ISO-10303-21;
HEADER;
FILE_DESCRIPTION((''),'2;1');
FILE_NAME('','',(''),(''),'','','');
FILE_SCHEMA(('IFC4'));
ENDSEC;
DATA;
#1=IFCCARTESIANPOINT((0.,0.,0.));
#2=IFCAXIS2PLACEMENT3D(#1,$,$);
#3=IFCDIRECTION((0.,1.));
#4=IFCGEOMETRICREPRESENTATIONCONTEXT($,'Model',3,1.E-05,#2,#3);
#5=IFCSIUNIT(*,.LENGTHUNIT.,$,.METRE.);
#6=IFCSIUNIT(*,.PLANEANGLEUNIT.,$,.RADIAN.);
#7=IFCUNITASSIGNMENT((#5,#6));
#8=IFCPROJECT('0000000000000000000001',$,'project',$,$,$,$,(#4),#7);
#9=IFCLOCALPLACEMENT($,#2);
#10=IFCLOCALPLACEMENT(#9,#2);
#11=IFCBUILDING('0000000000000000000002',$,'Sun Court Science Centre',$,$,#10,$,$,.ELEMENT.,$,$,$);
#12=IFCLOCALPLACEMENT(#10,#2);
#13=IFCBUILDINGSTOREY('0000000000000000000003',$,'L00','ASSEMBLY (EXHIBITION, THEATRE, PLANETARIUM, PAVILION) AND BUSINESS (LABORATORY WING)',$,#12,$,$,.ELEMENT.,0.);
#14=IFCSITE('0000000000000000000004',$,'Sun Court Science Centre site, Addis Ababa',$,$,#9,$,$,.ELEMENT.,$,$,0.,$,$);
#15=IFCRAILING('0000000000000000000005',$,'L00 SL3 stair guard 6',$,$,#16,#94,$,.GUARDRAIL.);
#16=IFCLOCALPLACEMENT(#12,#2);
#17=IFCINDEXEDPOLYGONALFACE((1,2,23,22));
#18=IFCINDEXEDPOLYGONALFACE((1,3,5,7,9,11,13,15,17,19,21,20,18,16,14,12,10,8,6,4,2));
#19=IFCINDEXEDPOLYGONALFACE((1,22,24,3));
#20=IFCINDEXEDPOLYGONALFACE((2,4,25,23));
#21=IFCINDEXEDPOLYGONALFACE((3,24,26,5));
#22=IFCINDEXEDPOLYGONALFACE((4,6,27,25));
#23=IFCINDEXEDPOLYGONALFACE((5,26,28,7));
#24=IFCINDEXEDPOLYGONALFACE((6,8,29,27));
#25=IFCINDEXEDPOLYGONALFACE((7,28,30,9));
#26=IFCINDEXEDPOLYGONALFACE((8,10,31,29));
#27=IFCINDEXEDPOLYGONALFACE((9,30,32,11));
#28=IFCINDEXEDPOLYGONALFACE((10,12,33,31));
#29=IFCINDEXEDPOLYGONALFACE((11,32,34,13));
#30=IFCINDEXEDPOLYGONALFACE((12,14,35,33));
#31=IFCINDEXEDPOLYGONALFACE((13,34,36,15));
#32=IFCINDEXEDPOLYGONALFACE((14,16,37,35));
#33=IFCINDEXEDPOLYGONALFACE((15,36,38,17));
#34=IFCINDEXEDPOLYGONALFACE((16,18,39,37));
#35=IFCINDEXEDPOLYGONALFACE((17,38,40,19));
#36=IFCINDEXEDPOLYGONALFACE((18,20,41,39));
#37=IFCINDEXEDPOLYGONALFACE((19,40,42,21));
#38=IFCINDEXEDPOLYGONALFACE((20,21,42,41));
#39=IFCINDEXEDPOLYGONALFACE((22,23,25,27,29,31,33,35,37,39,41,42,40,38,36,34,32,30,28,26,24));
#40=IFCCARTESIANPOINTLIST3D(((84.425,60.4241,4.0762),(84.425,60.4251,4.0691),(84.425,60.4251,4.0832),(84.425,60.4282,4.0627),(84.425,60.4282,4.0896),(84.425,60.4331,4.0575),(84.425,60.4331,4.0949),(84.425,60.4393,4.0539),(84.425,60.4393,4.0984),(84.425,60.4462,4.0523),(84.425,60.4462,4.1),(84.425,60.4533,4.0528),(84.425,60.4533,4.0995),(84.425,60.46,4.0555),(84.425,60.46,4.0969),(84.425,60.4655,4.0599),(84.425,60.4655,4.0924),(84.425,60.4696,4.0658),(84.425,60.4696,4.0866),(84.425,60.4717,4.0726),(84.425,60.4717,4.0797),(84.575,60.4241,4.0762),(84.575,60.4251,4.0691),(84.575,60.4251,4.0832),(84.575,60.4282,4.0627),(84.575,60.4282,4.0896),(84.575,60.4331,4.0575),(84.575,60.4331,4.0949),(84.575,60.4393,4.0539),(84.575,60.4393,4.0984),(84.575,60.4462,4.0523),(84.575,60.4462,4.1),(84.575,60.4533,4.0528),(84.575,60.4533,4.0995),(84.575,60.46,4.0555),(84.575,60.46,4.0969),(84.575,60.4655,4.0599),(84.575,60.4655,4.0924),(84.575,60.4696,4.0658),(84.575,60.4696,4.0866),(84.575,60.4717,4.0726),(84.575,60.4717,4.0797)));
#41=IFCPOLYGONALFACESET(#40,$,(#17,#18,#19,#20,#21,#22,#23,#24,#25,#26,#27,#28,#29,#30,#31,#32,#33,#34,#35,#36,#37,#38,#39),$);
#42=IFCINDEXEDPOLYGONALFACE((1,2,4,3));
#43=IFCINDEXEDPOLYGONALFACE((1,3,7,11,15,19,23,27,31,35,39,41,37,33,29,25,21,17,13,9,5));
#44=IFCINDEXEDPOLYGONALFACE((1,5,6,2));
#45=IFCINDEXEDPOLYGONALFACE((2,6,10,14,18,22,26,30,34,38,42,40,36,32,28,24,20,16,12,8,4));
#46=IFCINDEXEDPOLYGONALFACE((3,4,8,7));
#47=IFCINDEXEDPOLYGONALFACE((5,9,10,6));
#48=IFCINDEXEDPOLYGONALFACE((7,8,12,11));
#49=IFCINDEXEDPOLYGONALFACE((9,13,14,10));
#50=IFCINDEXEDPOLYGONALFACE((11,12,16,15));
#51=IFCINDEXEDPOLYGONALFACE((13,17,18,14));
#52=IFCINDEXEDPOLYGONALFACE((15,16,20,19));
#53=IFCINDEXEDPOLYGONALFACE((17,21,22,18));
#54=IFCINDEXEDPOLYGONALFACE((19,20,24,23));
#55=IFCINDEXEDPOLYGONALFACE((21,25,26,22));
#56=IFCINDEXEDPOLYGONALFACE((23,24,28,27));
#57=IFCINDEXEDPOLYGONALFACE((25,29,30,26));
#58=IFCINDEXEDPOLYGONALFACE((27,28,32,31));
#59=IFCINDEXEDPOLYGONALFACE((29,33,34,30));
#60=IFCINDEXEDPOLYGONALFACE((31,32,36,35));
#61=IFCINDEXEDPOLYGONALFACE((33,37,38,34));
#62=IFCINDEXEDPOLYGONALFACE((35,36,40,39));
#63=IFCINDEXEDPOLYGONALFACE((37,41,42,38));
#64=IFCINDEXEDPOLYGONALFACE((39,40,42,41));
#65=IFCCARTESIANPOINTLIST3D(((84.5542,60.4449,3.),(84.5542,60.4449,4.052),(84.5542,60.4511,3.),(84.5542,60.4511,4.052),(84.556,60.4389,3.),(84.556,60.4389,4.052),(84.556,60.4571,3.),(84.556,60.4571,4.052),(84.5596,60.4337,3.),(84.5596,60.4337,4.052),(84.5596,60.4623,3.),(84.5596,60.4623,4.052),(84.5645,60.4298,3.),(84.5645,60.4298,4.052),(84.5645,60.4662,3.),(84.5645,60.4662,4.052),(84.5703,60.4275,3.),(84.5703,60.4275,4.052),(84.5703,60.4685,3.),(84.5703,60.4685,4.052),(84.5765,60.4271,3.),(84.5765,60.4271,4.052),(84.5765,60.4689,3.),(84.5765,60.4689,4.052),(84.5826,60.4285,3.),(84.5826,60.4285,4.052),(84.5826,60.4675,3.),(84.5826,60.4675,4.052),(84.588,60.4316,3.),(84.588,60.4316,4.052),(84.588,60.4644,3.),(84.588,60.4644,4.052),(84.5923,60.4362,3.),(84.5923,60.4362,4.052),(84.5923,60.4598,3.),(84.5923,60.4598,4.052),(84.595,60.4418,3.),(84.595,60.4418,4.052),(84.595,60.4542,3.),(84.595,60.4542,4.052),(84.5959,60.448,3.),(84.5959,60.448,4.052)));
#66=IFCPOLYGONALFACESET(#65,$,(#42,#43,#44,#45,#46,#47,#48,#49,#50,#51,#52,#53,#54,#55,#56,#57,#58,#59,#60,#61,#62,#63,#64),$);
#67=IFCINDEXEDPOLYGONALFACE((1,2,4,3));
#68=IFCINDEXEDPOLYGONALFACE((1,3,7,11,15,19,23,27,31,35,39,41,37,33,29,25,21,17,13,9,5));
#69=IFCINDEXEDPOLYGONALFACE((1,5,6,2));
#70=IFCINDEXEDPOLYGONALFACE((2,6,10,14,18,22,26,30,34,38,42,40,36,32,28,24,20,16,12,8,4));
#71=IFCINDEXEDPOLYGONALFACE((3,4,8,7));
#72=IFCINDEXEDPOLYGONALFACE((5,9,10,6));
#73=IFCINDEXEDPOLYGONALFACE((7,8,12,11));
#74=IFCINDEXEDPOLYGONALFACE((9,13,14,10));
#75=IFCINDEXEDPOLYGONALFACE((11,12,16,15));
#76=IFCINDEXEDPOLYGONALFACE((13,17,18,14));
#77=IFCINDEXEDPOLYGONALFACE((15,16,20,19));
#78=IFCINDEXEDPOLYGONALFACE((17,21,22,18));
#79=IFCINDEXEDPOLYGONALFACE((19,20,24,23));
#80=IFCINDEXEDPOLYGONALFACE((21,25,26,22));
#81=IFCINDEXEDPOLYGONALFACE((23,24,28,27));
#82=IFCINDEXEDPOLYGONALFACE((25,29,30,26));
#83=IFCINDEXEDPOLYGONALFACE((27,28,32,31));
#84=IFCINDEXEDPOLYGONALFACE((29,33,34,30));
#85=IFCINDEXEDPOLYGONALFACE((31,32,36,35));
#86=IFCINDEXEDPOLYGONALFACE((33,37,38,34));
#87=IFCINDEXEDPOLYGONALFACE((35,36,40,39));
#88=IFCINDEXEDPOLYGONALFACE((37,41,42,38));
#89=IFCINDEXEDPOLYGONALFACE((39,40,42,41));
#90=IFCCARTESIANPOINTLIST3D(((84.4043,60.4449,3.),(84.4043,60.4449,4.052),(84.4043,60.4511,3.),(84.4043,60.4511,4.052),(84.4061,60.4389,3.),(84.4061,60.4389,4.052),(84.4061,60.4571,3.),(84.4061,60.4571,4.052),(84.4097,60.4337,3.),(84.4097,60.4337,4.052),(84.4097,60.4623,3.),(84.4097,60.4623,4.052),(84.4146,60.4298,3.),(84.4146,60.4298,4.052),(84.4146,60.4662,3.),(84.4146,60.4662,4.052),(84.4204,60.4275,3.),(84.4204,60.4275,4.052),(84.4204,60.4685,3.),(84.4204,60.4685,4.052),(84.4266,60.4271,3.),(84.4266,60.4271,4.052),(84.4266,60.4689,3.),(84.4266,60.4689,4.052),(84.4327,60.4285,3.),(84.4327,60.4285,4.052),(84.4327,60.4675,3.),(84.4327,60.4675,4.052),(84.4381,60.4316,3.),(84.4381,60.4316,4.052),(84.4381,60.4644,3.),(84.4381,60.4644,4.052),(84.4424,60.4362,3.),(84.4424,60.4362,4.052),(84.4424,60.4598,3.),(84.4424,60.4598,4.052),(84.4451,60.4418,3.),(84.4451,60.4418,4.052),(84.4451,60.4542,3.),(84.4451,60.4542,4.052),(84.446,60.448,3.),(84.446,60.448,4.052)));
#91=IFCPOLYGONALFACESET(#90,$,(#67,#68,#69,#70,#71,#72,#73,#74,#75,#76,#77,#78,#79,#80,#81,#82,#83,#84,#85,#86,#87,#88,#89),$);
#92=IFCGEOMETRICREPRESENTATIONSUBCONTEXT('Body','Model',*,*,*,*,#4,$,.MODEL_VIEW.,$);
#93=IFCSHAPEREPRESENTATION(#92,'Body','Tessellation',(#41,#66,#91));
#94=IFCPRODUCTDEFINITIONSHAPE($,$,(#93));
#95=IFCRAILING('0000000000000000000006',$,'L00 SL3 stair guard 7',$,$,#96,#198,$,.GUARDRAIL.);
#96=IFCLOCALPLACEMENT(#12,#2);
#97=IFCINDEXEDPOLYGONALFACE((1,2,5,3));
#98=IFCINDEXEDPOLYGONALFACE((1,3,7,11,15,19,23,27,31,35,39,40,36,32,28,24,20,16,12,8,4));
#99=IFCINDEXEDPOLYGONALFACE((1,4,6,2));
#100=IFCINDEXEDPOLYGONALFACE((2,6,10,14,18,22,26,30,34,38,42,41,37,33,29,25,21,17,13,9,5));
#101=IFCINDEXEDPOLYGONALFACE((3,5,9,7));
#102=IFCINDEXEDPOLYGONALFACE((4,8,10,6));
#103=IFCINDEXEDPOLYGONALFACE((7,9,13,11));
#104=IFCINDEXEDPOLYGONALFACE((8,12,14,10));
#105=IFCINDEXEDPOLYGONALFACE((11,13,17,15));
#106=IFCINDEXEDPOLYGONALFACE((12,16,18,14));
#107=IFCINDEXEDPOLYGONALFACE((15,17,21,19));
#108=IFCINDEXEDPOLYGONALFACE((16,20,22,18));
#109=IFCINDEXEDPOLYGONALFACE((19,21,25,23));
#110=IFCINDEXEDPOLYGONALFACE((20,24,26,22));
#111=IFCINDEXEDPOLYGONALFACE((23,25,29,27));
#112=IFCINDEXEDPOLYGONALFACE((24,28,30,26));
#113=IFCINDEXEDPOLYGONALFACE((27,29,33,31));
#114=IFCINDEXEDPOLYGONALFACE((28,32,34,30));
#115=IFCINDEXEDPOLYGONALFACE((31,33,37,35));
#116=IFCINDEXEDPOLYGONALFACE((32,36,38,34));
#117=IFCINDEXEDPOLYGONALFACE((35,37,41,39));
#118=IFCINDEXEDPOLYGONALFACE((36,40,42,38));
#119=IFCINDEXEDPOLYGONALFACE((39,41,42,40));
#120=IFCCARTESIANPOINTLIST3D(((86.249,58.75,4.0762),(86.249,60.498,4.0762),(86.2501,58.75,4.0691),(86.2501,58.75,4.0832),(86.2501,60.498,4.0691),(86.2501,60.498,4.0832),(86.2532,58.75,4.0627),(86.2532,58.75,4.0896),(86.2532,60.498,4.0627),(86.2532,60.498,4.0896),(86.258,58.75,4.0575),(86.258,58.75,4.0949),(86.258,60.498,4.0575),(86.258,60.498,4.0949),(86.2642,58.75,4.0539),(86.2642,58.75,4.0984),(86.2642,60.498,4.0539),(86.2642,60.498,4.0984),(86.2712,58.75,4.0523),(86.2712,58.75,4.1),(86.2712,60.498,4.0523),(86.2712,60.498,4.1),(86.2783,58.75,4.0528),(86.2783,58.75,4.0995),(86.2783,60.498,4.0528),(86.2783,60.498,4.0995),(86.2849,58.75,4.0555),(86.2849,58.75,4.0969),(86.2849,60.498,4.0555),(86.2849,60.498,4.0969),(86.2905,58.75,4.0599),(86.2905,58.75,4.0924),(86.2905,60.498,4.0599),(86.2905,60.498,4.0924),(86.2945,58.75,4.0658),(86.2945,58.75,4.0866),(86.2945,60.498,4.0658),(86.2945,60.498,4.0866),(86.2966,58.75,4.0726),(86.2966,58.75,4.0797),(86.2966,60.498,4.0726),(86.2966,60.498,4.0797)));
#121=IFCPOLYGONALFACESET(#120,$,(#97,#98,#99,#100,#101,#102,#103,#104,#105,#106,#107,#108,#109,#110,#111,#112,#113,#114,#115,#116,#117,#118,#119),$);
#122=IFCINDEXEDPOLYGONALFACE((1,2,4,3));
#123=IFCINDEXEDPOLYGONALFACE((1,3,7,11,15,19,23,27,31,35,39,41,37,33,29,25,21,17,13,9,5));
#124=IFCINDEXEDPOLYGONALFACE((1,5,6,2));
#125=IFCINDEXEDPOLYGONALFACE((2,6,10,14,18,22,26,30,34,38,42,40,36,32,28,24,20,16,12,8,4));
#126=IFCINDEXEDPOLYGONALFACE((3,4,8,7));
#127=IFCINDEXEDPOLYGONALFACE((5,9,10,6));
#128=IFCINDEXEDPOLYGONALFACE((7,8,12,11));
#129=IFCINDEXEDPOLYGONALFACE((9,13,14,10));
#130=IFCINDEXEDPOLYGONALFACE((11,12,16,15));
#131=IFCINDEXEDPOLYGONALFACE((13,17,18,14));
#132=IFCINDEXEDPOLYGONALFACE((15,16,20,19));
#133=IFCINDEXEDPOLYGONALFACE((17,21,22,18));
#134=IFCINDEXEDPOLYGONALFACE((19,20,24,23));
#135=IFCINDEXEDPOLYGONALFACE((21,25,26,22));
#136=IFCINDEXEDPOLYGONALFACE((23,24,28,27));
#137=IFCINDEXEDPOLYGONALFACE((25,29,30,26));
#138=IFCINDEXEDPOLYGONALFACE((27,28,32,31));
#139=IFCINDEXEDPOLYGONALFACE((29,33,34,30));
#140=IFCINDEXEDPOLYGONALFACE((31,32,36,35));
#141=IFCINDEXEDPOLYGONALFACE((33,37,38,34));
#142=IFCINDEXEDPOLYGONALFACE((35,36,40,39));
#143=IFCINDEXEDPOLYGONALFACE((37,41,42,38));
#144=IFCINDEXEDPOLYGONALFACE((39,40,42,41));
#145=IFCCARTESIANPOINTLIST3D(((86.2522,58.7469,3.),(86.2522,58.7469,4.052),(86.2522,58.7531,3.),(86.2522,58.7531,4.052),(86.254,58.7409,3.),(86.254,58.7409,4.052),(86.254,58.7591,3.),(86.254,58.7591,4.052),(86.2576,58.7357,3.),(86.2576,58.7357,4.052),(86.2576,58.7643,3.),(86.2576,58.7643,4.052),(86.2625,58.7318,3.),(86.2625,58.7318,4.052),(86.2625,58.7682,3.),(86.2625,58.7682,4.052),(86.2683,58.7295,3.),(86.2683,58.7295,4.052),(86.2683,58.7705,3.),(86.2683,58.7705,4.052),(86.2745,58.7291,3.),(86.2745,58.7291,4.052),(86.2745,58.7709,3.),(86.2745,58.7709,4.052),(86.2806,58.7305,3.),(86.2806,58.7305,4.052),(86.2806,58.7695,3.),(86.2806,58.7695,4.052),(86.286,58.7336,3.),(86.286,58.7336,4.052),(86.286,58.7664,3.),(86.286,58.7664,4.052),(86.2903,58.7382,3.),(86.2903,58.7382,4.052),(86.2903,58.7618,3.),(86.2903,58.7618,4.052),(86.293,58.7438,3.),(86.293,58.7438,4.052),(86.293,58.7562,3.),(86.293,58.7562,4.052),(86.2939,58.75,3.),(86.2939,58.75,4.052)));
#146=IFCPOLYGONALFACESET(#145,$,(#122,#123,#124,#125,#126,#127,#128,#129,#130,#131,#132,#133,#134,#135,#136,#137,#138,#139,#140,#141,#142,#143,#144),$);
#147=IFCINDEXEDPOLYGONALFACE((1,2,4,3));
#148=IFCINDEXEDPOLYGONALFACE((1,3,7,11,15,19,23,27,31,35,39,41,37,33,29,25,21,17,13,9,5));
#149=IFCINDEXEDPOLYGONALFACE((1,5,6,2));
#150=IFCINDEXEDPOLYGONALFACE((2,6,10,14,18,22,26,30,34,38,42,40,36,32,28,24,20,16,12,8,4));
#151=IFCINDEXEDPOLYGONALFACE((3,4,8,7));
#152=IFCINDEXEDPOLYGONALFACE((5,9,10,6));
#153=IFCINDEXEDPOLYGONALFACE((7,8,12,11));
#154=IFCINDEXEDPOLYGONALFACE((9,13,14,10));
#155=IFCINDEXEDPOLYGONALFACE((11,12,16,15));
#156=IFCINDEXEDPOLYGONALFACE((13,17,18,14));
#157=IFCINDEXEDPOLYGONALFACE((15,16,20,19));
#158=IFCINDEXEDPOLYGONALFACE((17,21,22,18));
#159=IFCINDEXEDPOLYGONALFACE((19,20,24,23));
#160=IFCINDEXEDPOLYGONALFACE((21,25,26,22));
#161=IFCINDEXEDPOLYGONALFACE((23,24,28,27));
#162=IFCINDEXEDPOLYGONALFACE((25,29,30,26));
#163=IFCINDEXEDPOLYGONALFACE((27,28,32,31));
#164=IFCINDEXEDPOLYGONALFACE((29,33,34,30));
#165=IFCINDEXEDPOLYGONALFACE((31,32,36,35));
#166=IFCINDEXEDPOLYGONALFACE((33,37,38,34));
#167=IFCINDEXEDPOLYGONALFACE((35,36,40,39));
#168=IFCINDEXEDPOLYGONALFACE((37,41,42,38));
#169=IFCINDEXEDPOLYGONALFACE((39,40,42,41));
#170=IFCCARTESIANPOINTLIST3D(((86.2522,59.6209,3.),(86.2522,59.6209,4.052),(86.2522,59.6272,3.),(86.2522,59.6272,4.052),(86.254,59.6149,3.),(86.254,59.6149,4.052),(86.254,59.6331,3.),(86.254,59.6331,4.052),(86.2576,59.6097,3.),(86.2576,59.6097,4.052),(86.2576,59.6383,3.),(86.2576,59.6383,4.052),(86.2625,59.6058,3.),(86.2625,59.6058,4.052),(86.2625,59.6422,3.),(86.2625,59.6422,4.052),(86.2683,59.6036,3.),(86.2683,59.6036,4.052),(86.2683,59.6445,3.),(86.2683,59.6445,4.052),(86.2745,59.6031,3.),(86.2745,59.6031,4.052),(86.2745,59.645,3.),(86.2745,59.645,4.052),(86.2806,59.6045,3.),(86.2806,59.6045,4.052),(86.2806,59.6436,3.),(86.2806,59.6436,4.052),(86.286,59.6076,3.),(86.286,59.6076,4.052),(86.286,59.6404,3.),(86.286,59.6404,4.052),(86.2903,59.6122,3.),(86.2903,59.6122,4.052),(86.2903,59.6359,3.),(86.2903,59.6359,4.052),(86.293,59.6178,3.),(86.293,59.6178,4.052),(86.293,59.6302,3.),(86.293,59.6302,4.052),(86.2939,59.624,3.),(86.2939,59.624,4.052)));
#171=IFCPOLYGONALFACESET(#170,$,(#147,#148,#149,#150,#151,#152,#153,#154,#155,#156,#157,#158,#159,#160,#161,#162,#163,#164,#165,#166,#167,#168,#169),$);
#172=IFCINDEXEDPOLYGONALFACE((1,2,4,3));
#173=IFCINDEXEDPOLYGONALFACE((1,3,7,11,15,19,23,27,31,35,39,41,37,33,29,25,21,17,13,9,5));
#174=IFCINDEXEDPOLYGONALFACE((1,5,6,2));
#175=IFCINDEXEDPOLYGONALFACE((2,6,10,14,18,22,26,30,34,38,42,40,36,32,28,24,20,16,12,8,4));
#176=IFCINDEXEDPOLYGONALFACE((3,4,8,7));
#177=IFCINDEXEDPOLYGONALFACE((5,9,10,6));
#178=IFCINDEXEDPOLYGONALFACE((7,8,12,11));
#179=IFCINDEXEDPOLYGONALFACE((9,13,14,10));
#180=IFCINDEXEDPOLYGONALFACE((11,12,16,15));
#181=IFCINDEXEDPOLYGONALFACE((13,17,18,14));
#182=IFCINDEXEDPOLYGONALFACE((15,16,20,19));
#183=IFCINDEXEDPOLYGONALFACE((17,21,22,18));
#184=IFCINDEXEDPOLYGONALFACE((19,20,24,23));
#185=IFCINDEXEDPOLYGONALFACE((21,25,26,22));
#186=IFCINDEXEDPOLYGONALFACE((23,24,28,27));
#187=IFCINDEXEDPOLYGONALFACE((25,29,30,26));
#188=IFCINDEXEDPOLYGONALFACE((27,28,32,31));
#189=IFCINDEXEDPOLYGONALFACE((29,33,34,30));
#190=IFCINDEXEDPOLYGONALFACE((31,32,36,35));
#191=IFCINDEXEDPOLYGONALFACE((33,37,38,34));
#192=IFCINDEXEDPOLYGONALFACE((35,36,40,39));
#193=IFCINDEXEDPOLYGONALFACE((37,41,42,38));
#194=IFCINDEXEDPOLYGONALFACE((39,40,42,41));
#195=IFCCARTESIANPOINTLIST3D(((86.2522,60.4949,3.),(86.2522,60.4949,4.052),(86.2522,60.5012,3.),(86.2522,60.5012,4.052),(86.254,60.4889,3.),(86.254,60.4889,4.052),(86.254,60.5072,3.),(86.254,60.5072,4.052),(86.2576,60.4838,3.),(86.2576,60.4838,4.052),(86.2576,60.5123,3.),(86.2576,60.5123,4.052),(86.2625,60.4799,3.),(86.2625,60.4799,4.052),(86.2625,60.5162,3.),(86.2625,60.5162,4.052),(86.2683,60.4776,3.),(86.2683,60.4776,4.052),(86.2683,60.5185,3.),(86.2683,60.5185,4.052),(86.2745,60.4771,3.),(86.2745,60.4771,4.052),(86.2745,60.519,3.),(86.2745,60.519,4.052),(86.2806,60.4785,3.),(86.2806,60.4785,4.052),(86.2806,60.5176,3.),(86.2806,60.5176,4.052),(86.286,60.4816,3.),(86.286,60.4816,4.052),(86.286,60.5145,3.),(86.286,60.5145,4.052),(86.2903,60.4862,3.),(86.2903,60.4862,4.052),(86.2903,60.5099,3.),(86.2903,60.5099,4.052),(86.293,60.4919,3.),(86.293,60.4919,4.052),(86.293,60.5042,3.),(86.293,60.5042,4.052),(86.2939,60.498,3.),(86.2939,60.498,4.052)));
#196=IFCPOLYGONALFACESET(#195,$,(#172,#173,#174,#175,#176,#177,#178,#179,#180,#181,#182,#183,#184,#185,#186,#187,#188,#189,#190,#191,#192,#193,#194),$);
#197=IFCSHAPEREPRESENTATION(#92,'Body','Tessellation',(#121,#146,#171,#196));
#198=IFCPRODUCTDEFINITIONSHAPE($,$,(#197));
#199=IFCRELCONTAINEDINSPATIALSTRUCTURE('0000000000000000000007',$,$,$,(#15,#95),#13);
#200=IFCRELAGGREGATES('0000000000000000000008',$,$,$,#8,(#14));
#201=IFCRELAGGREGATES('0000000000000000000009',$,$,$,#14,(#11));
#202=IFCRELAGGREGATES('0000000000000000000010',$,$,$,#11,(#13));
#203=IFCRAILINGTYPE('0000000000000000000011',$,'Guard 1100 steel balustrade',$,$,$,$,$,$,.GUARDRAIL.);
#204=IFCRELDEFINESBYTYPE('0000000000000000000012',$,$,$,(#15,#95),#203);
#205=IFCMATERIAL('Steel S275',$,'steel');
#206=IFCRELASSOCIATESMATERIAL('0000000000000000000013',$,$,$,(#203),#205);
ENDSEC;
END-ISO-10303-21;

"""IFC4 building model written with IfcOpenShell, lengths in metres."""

from ifc_helpers import new_model, si_unit, direction, frame, origin, origin_2d, place, context, subcontext, project, spatial, circle, extrude, material, type_object, element, save


model = new_model("IFC4")

# Units and contexts
model_context = context("Model", 3, precision=1e-05, world=origin(), true_north=direction((0.0, 1.0)))
body_context = subcontext(model_context, "Body", "Model", "MODEL_VIEW")
ifc_project = project(units=[si_unit("LENGTHUNIT", "METRE"), si_unit("PLANEANGLEUNIT", "RADIAN")], contexts=[model_context])

# Site, building, storey
site_placement = place(None, origin())
site = spatial("IfcSite", under=ifc_project, at=site_placement, Name="Sun Court Science Centre site, Addis Ababa", CompositionType="ELEMENT", RefElevation=0.0)
building_placement = place(site_placement, origin())
building = spatial("IfcBuilding", under=site, at=building_placement, Name="Sun Court Science Centre", CompositionType="ELEMENT")
storey_placement = place(building_placement, origin())
storey = spatial("IfcBuildingStorey", under=building, at=storey_placement, Name="L00", Description="ASSEMBLY (EXHIBITION, THEATRE, PLANETARIUM, PAVILION) AND BUSINESS (LABORATORY WING)", CompositionType="ELEMENT", Elevation=0.0)

# Railings
ifc_material_1 = material(Name="Steel S275", Category="steel")
railing_type_1 = type_object("IfcRailingType", Name="Guard 1100 steel balustrade", PredefinedType="GUARDRAIL", material=ifc_material_1)
railing_1_placement = place(storey_placement, frame((84.575, 60.448, 3.0)))
element("IfcRailing", 1, at=railing_1_placement, inside=storey, type_object=railing_type_1, Name="L00 SL3 stair guard 6", PredefinedType="GUARDRAIL", context=body_context, shape_type="SweptSolid", body=[
    extrude(circle(Radius=0.0239, at=origin_2d()), frame((0.0, 0.0, 1.0762), z_axis=(-1.0, 0.0, 0.0), x_axis=(0.0, -1.0, 0.0)), (0.0, 0.0, 1.0), 0.1499),
    extrude(circle(Radius=0.021, at=origin_2d()), origin(), (0.0, 0.0, 1.0), 1.052),
    extrude(circle(Radius=0.021, at=origin_2d()), frame((-0.1499, 0.0, 0.0)), (0.0, 0.0, 1.0), 1.052),
])
railing_2_placement = place(storey_placement, frame((86.2729, 58.75, 3.0)))
element("IfcRailing", 2, at=railing_2_placement, inside=storey, type_object=railing_type_1, Name="L00 SL3 stair guard 7", PredefinedType="GUARDRAIL", context=body_context, shape_type="SweptSolid", body=[
    extrude(circle(Radius=0.0239, at=origin_2d()), frame((0.0, 0.0, 1.0762), z_axis=(0.0, 1.0, 0.0), x_axis=(-1.0, 0.0, 0.0)), (0.0, 0.0, 1.0), 1.748),
    extrude(circle(Radius=0.021, at=origin_2d()), origin(), (0.0, 0.0, 1.0), 1.052),
    extrude(circle(Radius=0.021, at=origin_2d()), frame((0.0, 0.874, 0.0)), (0.0, 0.0, 1.0), 1.052),
    extrude(circle(Radius=0.021, at=origin_2d()), frame((0.0, 1.748, 0.0)), (0.0, 0.0, 1.0), 1.052),
])

save(model, "model.ifc")
